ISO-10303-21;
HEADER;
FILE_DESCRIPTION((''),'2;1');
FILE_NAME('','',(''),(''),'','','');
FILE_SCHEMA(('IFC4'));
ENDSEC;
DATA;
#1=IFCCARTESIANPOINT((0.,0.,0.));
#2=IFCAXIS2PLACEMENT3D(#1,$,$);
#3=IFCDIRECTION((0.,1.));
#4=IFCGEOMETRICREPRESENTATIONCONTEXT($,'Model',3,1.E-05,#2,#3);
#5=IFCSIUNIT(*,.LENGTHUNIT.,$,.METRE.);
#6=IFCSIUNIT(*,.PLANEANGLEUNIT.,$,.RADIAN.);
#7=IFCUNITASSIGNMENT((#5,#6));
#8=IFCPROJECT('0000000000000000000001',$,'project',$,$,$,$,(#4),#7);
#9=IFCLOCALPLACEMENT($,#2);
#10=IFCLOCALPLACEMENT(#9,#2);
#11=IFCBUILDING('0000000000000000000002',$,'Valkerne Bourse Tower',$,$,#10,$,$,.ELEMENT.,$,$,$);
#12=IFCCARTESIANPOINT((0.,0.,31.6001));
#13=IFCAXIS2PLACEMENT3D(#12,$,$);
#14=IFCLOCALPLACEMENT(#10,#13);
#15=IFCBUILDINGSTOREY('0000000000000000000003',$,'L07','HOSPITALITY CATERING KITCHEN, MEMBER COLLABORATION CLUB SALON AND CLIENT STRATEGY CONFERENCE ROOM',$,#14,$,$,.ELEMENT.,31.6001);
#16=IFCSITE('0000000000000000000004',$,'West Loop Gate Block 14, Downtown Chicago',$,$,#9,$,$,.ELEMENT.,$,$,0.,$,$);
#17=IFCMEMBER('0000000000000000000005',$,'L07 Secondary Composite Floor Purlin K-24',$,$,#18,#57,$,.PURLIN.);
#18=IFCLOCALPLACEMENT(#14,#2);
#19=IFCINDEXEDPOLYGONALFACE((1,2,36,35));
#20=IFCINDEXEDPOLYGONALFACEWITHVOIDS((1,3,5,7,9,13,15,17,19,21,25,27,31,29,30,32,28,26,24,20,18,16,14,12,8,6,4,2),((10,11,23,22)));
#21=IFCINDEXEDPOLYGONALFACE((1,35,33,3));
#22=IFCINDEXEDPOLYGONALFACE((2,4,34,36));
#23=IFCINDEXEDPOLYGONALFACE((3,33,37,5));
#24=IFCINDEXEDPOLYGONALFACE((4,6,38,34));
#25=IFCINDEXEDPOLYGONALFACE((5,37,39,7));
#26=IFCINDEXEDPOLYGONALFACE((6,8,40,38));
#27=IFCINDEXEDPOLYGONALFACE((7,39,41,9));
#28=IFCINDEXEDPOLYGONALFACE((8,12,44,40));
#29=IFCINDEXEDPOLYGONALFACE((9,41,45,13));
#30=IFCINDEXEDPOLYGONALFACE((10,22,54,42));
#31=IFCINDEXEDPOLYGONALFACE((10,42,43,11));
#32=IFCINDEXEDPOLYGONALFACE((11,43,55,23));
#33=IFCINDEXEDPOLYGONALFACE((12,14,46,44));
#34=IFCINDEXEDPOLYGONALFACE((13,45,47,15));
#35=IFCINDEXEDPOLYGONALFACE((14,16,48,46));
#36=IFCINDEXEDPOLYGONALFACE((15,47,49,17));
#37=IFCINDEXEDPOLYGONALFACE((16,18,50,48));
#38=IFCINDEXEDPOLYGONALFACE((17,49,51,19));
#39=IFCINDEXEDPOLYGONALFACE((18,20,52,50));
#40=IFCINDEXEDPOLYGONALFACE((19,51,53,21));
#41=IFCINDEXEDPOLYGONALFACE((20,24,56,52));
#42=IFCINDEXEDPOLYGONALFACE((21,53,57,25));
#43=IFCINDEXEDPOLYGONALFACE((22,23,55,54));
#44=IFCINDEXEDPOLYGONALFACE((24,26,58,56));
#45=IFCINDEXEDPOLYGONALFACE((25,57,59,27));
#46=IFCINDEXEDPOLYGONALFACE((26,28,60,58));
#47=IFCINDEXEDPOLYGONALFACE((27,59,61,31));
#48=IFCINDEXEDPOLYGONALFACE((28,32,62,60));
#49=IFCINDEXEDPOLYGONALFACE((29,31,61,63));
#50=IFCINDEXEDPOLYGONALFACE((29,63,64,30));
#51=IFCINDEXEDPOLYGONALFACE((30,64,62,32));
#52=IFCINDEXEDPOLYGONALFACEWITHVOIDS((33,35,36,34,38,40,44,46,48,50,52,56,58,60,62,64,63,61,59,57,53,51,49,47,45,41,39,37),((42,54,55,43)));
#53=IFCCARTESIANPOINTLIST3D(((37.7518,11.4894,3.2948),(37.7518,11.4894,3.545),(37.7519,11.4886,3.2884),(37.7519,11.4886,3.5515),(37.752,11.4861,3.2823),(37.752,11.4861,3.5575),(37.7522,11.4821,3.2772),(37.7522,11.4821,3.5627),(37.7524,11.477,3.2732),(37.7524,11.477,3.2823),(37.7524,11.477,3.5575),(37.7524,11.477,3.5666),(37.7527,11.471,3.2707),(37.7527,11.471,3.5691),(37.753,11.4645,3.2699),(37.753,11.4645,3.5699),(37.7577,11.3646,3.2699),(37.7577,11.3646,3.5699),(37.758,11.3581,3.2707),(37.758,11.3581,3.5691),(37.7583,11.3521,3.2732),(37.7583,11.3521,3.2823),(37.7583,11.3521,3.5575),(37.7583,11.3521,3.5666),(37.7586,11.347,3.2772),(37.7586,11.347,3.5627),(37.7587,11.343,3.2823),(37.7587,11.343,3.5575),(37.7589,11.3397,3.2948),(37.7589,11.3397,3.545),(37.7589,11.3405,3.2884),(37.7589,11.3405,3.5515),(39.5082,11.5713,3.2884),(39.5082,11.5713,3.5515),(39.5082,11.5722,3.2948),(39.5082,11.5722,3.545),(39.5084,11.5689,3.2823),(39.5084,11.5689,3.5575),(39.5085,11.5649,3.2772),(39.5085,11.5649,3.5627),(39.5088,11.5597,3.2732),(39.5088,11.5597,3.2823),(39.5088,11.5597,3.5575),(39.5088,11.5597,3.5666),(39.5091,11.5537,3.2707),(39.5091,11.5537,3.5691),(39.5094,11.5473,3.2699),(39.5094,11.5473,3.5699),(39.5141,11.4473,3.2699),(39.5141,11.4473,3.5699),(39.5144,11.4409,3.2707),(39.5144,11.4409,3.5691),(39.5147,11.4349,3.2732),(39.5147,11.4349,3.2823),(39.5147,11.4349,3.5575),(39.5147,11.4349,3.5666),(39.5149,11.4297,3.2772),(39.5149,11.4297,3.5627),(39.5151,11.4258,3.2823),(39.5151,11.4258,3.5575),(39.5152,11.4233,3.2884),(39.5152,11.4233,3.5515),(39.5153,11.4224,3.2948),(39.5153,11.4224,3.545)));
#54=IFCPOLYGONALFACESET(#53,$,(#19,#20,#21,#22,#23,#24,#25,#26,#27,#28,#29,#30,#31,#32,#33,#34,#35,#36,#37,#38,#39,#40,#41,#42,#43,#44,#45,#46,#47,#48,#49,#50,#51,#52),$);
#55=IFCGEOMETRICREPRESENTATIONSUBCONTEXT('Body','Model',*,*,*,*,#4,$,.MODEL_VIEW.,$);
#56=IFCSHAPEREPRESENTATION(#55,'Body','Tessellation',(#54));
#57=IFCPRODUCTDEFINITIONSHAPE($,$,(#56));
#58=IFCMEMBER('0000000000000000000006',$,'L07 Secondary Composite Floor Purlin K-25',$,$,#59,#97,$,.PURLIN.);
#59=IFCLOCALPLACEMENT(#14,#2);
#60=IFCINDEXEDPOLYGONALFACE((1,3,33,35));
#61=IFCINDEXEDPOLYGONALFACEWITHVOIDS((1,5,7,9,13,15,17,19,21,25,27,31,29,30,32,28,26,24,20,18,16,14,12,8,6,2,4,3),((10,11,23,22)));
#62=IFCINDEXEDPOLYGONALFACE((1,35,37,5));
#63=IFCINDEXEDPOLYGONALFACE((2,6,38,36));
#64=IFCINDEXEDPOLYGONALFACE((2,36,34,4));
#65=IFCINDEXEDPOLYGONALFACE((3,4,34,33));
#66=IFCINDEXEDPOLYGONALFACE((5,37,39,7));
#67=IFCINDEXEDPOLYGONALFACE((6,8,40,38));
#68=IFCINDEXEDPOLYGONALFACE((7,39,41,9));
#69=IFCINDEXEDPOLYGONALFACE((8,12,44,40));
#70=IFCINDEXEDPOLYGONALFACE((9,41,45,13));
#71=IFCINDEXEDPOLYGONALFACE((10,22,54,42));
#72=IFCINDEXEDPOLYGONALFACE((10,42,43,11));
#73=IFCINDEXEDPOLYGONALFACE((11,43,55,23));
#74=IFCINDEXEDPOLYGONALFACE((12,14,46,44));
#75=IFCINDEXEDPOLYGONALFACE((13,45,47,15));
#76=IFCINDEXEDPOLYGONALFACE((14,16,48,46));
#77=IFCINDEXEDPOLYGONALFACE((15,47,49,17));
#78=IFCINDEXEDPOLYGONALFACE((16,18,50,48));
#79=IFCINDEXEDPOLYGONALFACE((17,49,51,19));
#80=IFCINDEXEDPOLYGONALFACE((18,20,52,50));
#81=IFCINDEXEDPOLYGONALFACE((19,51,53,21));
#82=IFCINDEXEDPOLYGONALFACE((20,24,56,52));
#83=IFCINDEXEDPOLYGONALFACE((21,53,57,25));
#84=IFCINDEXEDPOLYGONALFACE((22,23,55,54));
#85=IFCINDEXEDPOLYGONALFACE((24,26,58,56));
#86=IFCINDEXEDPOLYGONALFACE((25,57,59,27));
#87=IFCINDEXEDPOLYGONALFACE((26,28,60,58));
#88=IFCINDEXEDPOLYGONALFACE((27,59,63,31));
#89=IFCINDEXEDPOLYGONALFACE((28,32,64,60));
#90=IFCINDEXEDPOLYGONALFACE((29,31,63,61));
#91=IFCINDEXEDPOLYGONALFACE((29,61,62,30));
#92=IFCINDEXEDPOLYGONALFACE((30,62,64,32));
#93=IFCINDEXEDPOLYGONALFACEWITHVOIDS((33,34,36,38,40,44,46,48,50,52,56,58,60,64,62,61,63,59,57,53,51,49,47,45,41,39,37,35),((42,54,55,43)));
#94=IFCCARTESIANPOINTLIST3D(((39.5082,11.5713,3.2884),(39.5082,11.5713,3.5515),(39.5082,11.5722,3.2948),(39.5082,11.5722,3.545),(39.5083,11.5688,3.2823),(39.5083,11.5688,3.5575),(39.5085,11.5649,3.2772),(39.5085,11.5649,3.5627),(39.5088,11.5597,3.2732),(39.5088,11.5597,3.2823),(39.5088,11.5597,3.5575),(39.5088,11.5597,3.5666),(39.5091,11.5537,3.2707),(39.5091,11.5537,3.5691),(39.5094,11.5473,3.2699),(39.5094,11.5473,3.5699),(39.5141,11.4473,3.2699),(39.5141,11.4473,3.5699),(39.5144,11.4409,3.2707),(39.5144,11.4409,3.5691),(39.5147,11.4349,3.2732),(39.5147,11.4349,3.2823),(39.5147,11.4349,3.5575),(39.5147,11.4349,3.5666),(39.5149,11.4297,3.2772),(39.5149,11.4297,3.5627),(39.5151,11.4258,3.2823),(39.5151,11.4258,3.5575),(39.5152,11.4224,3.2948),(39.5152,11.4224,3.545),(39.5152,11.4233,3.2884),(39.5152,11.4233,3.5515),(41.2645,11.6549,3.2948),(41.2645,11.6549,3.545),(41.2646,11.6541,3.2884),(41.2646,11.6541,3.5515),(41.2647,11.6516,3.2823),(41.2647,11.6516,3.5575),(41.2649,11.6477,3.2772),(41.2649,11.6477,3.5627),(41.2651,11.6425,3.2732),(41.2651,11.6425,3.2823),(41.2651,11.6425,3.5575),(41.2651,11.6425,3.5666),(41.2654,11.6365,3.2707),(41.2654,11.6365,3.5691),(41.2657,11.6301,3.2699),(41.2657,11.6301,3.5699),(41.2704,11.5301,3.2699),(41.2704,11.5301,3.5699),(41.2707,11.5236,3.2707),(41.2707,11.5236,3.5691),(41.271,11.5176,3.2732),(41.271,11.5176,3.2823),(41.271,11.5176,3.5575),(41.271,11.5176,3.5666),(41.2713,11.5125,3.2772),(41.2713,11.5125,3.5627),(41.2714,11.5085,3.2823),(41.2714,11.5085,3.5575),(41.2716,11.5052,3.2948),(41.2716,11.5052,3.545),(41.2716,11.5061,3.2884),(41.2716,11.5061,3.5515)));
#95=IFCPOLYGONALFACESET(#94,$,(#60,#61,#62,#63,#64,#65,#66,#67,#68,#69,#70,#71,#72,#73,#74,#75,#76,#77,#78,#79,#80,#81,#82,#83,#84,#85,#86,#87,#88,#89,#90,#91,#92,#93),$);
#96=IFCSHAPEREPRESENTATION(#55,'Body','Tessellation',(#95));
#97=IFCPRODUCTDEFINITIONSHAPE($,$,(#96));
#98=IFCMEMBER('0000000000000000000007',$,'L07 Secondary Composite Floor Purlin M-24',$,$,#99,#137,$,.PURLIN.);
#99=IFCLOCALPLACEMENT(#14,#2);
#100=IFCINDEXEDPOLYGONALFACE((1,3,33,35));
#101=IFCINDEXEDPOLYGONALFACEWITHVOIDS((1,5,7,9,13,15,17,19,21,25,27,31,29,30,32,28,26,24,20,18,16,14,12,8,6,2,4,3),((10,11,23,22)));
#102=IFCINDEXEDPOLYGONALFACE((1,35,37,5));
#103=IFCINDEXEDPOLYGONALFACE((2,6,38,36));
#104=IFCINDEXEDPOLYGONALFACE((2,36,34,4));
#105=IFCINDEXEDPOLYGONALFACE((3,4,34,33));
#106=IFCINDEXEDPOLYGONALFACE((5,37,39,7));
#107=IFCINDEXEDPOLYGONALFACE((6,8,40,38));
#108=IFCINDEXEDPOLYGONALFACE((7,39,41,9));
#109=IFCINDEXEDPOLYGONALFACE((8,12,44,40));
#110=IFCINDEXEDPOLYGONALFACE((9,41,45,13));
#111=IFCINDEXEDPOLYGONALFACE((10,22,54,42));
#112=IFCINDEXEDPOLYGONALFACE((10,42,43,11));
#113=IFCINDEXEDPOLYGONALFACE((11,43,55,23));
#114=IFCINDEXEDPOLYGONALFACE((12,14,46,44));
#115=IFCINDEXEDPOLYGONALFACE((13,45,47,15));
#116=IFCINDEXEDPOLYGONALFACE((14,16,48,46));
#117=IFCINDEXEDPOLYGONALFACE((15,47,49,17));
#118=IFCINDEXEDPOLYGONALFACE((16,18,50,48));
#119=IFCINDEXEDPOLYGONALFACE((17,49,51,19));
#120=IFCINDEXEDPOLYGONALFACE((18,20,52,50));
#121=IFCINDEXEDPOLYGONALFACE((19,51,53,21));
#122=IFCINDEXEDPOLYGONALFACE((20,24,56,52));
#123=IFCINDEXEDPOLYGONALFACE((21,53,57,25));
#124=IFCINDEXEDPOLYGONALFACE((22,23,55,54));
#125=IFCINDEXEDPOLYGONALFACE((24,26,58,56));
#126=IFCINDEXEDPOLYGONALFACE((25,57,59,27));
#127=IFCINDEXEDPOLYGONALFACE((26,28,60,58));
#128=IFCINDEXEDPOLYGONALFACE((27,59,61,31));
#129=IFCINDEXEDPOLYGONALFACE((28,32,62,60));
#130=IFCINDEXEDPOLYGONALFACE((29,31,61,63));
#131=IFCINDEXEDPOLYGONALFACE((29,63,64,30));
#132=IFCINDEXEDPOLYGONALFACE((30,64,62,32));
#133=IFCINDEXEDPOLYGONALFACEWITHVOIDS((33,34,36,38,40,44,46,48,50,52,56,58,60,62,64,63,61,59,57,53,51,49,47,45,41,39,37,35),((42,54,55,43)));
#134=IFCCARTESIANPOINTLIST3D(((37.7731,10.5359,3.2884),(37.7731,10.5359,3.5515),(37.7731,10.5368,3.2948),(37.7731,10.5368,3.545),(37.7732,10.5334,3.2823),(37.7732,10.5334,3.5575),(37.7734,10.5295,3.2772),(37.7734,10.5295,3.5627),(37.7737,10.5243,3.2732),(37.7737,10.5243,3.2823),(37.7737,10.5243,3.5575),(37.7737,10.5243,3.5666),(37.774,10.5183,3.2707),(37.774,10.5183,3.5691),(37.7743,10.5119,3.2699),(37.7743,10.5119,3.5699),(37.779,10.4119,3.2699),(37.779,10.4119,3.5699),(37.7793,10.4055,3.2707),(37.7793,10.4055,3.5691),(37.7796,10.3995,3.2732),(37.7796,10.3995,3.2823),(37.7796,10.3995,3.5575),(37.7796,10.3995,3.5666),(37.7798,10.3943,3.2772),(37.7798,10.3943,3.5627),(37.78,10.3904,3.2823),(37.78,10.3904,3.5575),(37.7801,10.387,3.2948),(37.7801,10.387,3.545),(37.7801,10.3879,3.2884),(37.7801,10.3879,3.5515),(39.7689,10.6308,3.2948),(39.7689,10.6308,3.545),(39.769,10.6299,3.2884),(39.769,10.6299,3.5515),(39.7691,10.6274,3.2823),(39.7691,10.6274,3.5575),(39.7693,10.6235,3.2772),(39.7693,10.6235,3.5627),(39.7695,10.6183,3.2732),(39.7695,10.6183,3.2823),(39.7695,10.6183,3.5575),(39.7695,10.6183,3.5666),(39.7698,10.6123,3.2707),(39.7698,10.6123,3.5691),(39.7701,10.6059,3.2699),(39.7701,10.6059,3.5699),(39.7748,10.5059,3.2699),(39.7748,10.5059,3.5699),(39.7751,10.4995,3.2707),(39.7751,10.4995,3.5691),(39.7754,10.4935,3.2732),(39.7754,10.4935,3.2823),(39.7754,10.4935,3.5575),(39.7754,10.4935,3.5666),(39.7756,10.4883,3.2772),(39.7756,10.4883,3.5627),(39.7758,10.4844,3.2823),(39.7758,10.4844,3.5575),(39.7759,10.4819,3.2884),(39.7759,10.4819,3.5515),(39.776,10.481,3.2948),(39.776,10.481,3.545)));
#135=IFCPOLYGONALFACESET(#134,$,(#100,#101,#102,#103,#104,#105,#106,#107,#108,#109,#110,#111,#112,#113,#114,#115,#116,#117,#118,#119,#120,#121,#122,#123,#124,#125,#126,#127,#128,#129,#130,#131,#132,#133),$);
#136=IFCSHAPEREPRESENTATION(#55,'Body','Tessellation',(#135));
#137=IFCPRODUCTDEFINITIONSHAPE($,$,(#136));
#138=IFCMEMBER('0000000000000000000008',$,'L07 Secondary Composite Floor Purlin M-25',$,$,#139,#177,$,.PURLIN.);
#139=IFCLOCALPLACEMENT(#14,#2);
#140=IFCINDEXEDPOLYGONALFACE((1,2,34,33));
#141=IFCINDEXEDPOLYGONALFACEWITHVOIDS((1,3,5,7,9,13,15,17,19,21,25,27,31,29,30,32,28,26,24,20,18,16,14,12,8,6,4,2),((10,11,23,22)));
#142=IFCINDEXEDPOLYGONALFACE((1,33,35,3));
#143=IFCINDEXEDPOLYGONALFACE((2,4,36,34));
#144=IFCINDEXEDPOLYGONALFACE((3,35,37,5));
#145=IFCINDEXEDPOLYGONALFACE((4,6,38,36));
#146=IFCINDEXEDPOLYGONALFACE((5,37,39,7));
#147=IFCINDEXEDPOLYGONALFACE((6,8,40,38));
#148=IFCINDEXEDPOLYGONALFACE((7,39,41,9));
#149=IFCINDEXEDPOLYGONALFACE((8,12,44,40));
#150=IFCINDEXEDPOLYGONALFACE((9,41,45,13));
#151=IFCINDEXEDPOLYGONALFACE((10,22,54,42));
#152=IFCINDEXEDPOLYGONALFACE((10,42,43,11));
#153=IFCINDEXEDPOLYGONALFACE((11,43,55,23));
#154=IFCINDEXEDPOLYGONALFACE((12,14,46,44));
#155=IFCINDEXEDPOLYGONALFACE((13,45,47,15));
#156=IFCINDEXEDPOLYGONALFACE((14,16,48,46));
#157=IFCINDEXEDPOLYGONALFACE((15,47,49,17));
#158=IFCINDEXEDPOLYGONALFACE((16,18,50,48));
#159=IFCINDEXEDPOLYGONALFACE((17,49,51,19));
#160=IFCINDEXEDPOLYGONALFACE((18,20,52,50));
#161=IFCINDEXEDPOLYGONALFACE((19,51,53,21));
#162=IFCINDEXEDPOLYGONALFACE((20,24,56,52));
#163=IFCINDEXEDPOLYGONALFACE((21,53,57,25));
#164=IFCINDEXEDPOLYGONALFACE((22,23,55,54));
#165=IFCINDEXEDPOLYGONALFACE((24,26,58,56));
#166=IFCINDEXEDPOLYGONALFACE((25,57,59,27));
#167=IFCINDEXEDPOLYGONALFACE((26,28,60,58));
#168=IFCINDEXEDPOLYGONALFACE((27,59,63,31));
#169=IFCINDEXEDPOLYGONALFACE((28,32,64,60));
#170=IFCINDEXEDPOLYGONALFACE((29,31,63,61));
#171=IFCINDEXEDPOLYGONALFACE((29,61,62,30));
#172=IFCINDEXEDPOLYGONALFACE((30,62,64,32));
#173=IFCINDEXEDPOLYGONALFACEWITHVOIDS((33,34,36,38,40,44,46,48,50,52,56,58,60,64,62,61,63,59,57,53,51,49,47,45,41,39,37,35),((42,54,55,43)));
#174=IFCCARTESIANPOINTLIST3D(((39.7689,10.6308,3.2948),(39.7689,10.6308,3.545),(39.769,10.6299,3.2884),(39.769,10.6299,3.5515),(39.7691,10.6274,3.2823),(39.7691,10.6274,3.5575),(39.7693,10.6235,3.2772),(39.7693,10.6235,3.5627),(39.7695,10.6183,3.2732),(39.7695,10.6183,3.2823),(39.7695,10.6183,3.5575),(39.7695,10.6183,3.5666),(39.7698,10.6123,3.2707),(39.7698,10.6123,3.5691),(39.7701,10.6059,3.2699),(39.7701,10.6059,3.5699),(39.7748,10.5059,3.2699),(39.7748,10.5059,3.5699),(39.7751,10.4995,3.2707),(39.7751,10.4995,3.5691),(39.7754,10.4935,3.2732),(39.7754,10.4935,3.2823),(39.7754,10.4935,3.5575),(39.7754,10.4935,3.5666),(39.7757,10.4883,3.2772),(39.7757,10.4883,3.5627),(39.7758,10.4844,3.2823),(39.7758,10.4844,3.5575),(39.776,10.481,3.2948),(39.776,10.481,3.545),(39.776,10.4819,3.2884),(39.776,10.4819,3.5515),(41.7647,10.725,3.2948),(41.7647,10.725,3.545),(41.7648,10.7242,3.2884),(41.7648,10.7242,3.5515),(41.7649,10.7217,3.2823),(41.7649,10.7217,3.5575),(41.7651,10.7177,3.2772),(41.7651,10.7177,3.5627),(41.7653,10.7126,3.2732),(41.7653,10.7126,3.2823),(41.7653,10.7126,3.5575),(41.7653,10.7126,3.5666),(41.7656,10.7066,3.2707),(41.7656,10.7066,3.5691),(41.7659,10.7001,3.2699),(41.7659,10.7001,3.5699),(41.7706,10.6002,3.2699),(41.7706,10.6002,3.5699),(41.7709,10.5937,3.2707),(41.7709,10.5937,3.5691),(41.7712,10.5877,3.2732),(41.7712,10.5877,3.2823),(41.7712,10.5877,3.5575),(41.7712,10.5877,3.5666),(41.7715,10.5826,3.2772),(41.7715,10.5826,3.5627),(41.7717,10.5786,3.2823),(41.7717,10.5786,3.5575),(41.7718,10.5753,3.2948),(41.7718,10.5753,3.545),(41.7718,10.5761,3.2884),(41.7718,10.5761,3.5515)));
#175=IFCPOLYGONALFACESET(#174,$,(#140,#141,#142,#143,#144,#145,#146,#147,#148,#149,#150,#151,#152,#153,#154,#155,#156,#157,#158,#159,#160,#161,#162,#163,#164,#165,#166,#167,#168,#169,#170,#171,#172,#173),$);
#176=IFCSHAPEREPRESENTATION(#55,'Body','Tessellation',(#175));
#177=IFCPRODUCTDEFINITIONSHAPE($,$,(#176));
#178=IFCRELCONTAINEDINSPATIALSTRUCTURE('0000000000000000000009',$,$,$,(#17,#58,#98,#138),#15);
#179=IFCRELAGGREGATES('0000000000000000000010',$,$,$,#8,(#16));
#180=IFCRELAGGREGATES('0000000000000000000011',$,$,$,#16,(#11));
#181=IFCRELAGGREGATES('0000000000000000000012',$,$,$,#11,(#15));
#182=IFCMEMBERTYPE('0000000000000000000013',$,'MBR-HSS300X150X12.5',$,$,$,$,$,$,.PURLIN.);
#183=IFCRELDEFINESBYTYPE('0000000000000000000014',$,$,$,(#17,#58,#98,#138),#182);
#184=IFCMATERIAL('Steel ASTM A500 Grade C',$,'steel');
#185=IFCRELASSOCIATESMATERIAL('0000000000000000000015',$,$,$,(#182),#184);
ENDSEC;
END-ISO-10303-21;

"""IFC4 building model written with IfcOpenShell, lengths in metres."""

from ifc_helpers import new_model, si_unit, direction, frame, origin, origin_2d, place, context, subcontext, project, spatial, hollow_rectangle, extrude, material, material_profile, profile_set, type_object, element, save


model = new_model("IFC4")

# Units and contexts
model_context = context("Model", 3, precision=1e-05, world=origin(), true_north=direction((0.0, 1.0)))
body_context = subcontext(model_context, "Body", "Model", "MODEL_VIEW")
ifc_project = project(units=[si_unit("LENGTHUNIT", "METRE"), si_unit("PLANEANGLEUNIT", "RADIAN")], contexts=[model_context])

# Site, building, storey
site_placement = place(None, origin())
site = spatial("IfcSite", under=ifc_project, at=site_placement, Name="West Loop Gate Block 14, Downtown Chicago", CompositionType="ELEMENT", RefElevation=0.0)
building_placement = place(site_placement, origin())
building = spatial("IfcBuilding", under=site, at=building_placement, Name="Valkerne Bourse Tower", CompositionType="ELEMENT")
storey_placement = place(building_placement, frame((0.0, 0.0, 31.6001)))
storey = spatial("IfcBuildingStorey", under=building, at=storey_placement, Name="L07", Description="HOSPITALITY CATERING KITCHEN, MEMBER COLLABORATION CLUB SALON AND CLIENT STRATEGY CONFERENCE ROOM", CompositionType="ELEMENT", Elevation=31.6001)

# Members
ifc_material_1 = material(Name="Steel ASTM A500 Grade C", Category="steel")
ifc_material_profile = material_profile(ifc_material_1, hollow_rectangle(XDim=0.1499, YDim=0.3, WallThickness=0.0125, OuterFilletRadius=0.0249, at=origin_2d()), Name="HSS300X150X12.5")
ifc_profile_set = profile_set([ifc_material_profile], Name="Steel ASTM A500 Grade C")
member_type = type_object("IfcMemberType", Name="MBR-HSS300X150X12.5", PredefinedType="PURLIN", material=ifc_profile_set)
for number, where, z_axis, x_axis, name in (
    (1, (37.7554, 11.4146, 3.4199), (0.998892, 0.04707, 0.0), (-0.04707, 0.998892, 0.0), "L07 Secondary Composite Floor Purlin K-24"),
    (2, (39.5117, 11.4973, 3.4199), (0.998892, 0.04707, 0.0), (-0.04707, 0.998892, 0.0), "L07 Secondary Composite Floor Purlin K-25"),
):
    element("IfcMember", number, at=place(storey_placement, frame(where, z_axis=z_axis, x_axis=x_axis)), inside=storey, type_object=member_type, Name=name, PredefinedType="PURLIN", context=body_context, shape_type="SweptSolid", body=[
        extrude(hollow_rectangle(XDim=0.1499, YDim=0.3, WallThickness=0.0125, OuterFilletRadius=0.0249, at=origin_2d()), origin(), (0.0, 0.0, 1.0), 1.7583),
    ])
for number, where, z_axis, x_axis, name in (
    (3, (37.7766, 10.4619, 3.4199), (0.998893, 0.047043, 0.0), (-0.047043, 0.998893, 0.0), "L07 Secondary Composite Floor Purlin M-24"),
    (4, (39.7725, 10.5559, 3.4199), (0.998887, 0.047165, 0.0), (-0.047165, 0.998887, 0.0), "L07 Secondary Composite Floor Purlin M-25"),
):
    element("IfcMember", number, at=place(storey_placement, frame(where, z_axis=z_axis, x_axis=x_axis)), inside=storey, type_object=member_type, Name=name, PredefinedType="PURLIN", context=body_context, shape_type="SweptSolid", body=[
        extrude(hollow_rectangle(XDim=0.1499, YDim=0.3, WallThickness=0.0125, OuterFilletRadius=0.0249, at=origin_2d()), origin(), (0.0, 0.0, 1.0), 1.998),
    ])

save(model, "model.ifc")
